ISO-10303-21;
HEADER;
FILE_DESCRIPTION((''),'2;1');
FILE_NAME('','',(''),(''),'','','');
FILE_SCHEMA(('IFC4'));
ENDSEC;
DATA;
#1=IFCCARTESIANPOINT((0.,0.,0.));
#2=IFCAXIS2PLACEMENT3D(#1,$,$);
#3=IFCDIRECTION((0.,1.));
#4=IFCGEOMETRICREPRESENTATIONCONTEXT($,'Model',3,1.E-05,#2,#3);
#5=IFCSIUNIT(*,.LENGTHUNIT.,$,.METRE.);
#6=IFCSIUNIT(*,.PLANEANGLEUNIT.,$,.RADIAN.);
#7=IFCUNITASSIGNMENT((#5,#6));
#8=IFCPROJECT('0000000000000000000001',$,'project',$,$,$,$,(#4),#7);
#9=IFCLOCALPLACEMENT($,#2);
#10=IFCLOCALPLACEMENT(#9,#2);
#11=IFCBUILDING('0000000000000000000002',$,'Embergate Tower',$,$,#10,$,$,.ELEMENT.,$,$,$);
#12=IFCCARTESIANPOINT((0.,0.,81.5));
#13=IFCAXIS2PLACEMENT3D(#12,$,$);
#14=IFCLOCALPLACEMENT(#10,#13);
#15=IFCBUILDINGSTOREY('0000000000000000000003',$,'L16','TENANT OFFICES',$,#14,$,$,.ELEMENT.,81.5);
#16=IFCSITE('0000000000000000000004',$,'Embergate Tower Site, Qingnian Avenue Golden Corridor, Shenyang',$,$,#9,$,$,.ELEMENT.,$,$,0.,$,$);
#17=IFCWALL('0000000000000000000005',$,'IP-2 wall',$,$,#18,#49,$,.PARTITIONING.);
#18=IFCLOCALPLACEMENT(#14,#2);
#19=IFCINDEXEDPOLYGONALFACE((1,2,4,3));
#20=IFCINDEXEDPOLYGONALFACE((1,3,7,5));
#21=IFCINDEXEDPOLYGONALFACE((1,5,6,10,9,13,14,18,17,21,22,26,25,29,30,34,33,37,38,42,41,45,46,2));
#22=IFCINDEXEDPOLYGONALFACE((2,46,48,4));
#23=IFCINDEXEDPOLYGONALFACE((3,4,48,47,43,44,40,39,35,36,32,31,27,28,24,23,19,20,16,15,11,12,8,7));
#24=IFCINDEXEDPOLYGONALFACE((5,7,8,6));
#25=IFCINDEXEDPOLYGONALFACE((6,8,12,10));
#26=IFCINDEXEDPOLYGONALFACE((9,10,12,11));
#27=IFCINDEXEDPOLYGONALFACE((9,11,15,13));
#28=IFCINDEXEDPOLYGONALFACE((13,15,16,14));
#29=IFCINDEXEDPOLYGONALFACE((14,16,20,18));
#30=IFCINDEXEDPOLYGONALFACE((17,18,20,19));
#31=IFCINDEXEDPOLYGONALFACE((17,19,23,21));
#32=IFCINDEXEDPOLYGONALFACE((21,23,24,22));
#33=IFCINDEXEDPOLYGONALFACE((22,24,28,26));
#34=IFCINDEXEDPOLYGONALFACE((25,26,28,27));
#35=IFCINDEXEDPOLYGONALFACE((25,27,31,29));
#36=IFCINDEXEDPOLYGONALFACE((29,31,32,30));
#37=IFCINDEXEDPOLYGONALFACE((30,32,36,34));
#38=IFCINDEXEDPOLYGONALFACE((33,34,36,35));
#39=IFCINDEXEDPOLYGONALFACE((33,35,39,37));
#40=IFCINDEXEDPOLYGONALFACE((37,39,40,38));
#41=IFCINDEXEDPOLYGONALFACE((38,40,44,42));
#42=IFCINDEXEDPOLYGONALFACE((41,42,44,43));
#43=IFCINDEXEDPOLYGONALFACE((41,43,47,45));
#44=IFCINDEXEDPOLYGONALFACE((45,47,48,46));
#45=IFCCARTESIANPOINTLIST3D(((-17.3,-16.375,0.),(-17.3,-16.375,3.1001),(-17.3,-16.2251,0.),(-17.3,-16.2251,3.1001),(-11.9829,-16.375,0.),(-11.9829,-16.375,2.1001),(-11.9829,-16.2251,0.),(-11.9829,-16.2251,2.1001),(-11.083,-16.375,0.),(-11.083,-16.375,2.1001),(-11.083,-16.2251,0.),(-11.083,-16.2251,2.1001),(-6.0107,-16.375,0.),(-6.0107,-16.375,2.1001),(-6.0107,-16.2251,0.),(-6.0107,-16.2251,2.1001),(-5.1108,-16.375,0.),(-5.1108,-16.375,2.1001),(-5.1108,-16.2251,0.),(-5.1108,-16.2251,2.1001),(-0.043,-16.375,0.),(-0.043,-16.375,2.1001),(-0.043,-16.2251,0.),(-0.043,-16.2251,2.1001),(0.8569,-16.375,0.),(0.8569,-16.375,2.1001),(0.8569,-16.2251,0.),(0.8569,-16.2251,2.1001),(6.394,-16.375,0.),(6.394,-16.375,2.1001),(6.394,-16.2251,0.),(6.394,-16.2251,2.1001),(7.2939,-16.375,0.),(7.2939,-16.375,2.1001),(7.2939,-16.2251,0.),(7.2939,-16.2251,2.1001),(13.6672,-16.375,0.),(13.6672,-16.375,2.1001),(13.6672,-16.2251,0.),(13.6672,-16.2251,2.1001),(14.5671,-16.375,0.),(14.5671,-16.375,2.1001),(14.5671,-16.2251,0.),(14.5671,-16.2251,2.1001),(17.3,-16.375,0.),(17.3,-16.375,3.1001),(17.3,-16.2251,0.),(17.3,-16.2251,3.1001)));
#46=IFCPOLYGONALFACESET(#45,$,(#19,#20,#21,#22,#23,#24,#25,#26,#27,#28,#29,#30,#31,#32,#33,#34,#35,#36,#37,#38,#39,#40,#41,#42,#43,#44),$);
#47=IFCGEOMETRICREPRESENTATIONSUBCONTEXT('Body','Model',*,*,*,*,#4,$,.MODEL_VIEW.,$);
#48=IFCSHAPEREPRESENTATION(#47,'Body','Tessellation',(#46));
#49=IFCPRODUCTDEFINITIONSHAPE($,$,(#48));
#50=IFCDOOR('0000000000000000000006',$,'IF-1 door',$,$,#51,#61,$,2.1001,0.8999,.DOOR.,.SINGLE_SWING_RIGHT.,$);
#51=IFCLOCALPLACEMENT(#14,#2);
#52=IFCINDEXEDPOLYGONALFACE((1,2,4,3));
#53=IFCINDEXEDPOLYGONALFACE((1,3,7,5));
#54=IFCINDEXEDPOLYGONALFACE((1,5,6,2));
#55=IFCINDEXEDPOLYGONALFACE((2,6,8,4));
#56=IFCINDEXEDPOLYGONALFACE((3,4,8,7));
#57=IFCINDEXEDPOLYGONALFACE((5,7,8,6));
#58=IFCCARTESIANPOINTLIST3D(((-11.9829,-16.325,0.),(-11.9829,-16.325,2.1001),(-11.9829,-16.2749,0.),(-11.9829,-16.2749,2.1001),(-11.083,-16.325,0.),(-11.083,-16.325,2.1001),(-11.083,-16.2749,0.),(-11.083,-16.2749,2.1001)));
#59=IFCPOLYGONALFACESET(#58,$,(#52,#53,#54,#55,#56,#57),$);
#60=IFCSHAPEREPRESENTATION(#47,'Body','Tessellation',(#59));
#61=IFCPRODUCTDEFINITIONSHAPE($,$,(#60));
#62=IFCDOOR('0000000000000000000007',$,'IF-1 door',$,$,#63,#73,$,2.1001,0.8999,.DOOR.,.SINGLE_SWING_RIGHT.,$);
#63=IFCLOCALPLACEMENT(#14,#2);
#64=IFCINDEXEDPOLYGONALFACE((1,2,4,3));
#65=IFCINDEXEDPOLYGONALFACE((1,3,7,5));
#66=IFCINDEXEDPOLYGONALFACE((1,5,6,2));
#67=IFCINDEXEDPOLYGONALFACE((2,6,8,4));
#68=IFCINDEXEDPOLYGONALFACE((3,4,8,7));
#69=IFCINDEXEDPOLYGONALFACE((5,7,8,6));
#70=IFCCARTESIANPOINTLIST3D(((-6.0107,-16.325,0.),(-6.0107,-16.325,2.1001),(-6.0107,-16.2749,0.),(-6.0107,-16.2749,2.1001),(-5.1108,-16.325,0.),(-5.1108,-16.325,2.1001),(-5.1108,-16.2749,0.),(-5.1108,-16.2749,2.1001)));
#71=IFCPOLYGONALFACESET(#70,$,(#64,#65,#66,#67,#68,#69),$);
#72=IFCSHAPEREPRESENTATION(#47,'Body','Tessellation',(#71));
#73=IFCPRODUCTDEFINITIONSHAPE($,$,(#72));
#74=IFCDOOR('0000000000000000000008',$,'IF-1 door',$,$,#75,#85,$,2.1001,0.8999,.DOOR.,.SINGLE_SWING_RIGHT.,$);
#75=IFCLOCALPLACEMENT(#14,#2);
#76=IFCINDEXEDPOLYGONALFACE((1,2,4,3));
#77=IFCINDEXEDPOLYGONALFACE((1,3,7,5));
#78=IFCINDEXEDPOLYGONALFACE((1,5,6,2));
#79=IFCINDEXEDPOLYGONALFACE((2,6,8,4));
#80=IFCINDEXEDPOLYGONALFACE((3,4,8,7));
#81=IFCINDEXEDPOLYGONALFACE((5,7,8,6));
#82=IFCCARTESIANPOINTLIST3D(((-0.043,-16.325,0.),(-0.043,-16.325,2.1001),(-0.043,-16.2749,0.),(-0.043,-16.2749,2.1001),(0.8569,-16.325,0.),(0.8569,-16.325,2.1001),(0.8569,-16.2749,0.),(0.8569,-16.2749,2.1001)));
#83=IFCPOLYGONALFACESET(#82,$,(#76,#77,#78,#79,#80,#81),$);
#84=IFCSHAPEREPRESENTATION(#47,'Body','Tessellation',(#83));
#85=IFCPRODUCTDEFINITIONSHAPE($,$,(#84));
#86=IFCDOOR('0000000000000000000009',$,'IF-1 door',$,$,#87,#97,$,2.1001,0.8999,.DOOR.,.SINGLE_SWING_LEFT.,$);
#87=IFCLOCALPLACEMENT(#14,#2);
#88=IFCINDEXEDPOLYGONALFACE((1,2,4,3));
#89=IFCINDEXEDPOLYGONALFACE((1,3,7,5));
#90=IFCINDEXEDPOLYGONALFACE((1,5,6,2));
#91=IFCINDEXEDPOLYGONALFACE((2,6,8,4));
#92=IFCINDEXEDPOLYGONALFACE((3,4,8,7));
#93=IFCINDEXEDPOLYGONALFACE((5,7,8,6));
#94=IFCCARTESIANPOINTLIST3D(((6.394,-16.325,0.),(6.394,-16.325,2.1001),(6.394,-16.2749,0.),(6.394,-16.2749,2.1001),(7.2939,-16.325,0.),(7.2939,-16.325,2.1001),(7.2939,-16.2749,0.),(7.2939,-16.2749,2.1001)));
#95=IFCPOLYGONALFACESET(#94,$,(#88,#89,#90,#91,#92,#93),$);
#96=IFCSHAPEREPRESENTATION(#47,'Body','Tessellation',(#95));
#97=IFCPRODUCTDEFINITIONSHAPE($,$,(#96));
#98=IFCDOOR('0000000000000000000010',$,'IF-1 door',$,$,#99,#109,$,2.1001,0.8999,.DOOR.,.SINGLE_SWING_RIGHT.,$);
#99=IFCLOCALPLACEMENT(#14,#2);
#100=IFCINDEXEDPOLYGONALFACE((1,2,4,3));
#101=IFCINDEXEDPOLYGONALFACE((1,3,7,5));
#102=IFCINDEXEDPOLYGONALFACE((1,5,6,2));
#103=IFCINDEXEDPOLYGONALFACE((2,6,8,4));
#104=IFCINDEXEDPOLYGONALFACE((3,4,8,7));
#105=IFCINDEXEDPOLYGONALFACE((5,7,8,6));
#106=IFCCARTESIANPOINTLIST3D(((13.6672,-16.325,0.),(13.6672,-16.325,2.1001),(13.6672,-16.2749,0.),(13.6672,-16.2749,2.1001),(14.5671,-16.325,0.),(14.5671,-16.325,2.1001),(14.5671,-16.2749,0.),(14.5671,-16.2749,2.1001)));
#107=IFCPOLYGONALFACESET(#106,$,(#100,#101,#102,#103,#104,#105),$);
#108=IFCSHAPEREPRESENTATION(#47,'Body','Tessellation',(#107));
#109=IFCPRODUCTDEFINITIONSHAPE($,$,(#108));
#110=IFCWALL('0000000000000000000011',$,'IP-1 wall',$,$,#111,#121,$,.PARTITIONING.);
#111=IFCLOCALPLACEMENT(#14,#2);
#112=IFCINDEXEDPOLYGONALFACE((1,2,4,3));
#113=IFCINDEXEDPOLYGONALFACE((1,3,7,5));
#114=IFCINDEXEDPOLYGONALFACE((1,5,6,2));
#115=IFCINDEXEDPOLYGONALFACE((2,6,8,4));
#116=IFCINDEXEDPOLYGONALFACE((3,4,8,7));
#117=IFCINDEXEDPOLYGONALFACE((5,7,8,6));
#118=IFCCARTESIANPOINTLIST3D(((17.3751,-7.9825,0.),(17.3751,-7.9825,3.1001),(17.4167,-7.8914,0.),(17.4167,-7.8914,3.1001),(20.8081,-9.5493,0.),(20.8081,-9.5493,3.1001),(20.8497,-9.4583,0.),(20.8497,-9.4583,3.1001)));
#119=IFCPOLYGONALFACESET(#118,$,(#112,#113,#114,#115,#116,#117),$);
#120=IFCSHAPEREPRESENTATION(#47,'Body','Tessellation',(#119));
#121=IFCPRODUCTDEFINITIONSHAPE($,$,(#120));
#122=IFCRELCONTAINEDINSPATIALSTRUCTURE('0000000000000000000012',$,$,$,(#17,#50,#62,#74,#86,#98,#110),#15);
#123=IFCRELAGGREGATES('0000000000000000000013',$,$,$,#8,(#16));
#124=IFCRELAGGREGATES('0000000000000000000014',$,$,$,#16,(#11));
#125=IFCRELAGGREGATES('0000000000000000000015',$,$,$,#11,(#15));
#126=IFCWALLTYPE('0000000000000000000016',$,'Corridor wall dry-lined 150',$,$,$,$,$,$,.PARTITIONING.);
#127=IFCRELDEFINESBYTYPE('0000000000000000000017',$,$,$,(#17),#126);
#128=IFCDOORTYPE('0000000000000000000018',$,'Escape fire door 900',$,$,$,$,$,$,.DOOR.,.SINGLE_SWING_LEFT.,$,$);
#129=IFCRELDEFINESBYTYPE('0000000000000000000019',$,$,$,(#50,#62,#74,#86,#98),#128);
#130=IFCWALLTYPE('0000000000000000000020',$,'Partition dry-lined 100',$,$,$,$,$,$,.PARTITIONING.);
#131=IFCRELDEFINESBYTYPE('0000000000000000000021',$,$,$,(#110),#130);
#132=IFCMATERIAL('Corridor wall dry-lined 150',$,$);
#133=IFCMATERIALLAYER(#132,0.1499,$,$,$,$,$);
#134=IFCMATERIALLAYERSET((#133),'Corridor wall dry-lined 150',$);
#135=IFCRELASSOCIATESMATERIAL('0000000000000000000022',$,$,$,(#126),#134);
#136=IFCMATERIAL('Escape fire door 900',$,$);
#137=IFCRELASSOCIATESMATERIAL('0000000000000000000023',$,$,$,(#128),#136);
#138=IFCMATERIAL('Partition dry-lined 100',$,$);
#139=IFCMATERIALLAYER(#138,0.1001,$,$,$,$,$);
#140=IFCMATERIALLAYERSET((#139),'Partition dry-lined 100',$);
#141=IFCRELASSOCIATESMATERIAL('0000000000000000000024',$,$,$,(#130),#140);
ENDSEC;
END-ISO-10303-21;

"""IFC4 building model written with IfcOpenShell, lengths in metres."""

from ifc_helpers import new_model, si_unit, direction, frame, frame_2d, origin, place, context, subcontext, project, spatial, rectangle, extrude, source, transform, mapped, material, layer, layer_set, type_object, element, fill, save


model = new_model("IFC4")

# Units and contexts
model_context = context("Model", 3, precision=1e-05, world=origin(), true_north=direction((0.0, 1.0)))
body_context = subcontext(model_context, "Body", "Model", "MODEL_VIEW")
ifc_project = project(units=[si_unit("LENGTHUNIT", "METRE"), si_unit("PLANEANGLEUNIT", "RADIAN")], contexts=[model_context])

# Site, building, storey
site_placement = place(None, origin())
site = spatial("IfcSite", under=ifc_project, at=site_placement, Name="Embergate Tower Site, Qingnian Avenue Golden Corridor, Shenyang", CompositionType="ELEMENT", RefElevation=0.0)
building_placement = place(site_placement, origin())
building = spatial("IfcBuilding", under=site, at=building_placement, Name="Embergate Tower", CompositionType="ELEMENT")
storey_placement = place(building_placement, frame((0.0, 0.0, 81.5)))
storey = spatial("IfcBuildingStorey", under=building, at=storey_placement, Name="L16", Description="TENANT OFFICES", CompositionType="ELEMENT", Elevation=81.5)

# Wall, openings, doors
ifc_material_1 = material(Name="Corridor wall dry-lined 150")
ifc_layer_1 = layer(ifc_material_1, 0.1499)
ifc_layer_set_1 = layer_set([ifc_layer_1], Name="Corridor wall dry-lined 150")
wall_type_1 = type_object("IfcWallType", Name="Corridor wall dry-lined 150", PredefinedType="PARTITIONING", material=ifc_layer_set_1)
shared_shape_1 = source(origin(), body_context, "Body", "SweptSolid", [
    extrude(rectangle(XDim=34.6001, YDim=0.1499, at=frame_2d((17.3, 0.0))), origin(), (0.0, 0.0, 1.0), 3.1001),
])
wall_1_placement = place(storey_placement, frame((17.3, -16.3, 0.0), z_axis=(0.0, 0.0, 1.0), x_axis=(-1.0, 0.0, 0.0)))
wall_1 = element("IfcWall", 1, at=wall_1_placement, inside=storey, type_object=wall_type_1, Name="IP-2 wall", PredefinedType="PARTITIONING", context=body_context, shape_type="MappedRepresentation", body=[
    mapped(shared_shape_1, transform((0.0, 0.0, 0.0))),
])
shared_shape_2 = source(origin(), body_context, "Body", "SweptSolid", [
    extrude(rectangle(XDim=0.8999, YDim=2.1001, at=frame_2d((0.45, 1.05))), frame((0.0, 0.085, 0.0), z_axis=(0.0, -1.0, 0.0), x_axis=(1.0, 0.0, 0.0)), (0.0, 0.0, 1.0), 0.1699),
])
opening_1_placement = place(wall_1_placement, frame((28.3831, 0.0, 0.0)))
opening_1 = element("IfcOpeningElement", 2, at=opening_1_placement, cuts=wall_1, PredefinedType="OPENING", context=body_context, shape_type="MappedRepresentation", body=[
    mapped(shared_shape_2, transform((0.0, 0.0, 0.0))),
])
opening_2_placement = place(wall_1_placement, frame((22.4109, 0.0, 0.0)))
opening_2 = element("IfcOpeningElement", 3, at=opening_2_placement, cuts=wall_1, PredefinedType="OPENING", context=body_context, shape_type="MappedRepresentation", body=[
    mapped(shared_shape_2, transform((0.0, 0.0, 0.0))),
])
opening_3_placement = place(wall_1_placement, frame((16.4431, 0.0, 0.0)))
opening_3 = element("IfcOpeningElement", 4, at=opening_3_placement, cuts=wall_1, PredefinedType="OPENING", context=body_context, shape_type="MappedRepresentation", body=[
    mapped(shared_shape_2, transform((0.0, 0.0, 0.0))),
])
opening_4_placement = place(wall_1_placement, frame((10.0061, 0.0, 0.0)))
opening_4 = element("IfcOpeningElement", 5, at=opening_4_placement, cuts=wall_1, PredefinedType="OPENING", context=body_context, shape_type="MappedRepresentation", body=[
    mapped(shared_shape_2, transform((0.0, 0.0, 0.0))),
])
opening_5_placement = place(wall_1_placement, frame((2.7329, 0.0, 0.0)))
opening_5 = element("IfcOpeningElement", 6, at=opening_5_placement, cuts=wall_1, PredefinedType="OPENING", context=body_context, shape_type="MappedRepresentation", body=[
    mapped(shared_shape_2, transform((0.0, 0.0, 0.0))),
])
ifc_material_2 = material(Name="Escape fire door 900")
door_type = type_object("IfcDoorType", Name="Escape fire door 900", OperationType="SINGLE_SWING_LEFT", PredefinedType="DOOR", material=ifc_material_2)
shared_shape_3 = source(origin(), body_context, "Body", "SweptSolid", [
    extrude(rectangle(XDim=0.8999, YDim=2.1001, at=frame_2d((0.45, 1.05))), frame((0.0, 0.0249, 0.0), z_axis=(0.0, -1.0, 0.0), x_axis=(1.0, 0.0, 0.0)), (0.0, 0.0, 1.0), 0.05),
])
door_1_placement = place(opening_1_placement, origin())
door_1 = element("IfcDoor", 7, at=door_1_placement, inside=storey, type_object=door_type, Name="IF-1 door", OperationType="SINGLE_SWING_RIGHT", OverallHeight=2.1001, OverallWidth=0.8999, PredefinedType="DOOR", context=body_context, shape_type="MappedRepresentation", body=[
    mapped(shared_shape_3, transform((0.0, 0.0, 0.0))),
])
fill(opening_1, door_1)
door_2_placement = place(opening_2_placement, origin())
door_2 = element("IfcDoor", 8, at=door_2_placement, inside=storey, type_object=door_type, Name="IF-1 door", OperationType="SINGLE_SWING_RIGHT", OverallHeight=2.1001, OverallWidth=0.8999, PredefinedType="DOOR", context=body_context, shape_type="MappedRepresentation", body=[
    mapped(shared_shape_3, transform((0.0, 0.0, 0.0))),
])
fill(opening_2, door_2)
door_3_placement = place(opening_3_placement, origin())
door_3 = element("IfcDoor", 9, at=door_3_placement, inside=storey, type_object=door_type, Name="IF-1 door", OperationType="SINGLE_SWING_RIGHT", OverallHeight=2.1001, OverallWidth=0.8999, PredefinedType="DOOR", context=body_context, shape_type="MappedRepresentation", body=[
    mapped(shared_shape_3, transform((0.0, 0.0, 0.0))),
])
fill(opening_3, door_3)
door_4_placement = place(opening_4_placement, origin())
door_4 = element("IfcDoor", 10, at=door_4_placement, inside=storey, type_object=door_type, Name="IF-1 door", OperationType="SINGLE_SWING_LEFT", OverallHeight=2.1001, OverallWidth=0.8999, PredefinedType="DOOR", context=body_context, shape_type="MappedRepresentation", body=[
    mapped(shared_shape_3, transform((0.0, 0.0, 0.0))),
])
fill(opening_4, door_4)
door_5_placement = place(opening_5_placement, origin())
door_5 = element("IfcDoor", 11, at=door_5_placement, inside=storey, type_object=door_type, Name="IF-1 door", OperationType="SINGLE_SWING_RIGHT", OverallHeight=2.1001, OverallWidth=0.8999, PredefinedType="DOOR", context=body_context, shape_type="MappedRepresentation", body=[
    mapped(shared_shape_3, transform((0.0, 0.0, 0.0))),
])
fill(opening_5, door_5)

# Wall
ifc_material_3 = material(Name="Partition dry-lined 100")
ifc_layer_2 = layer(ifc_material_3, 0.1001)
ifc_layer_set_2 = layer_set([ifc_layer_2], Name="Partition dry-lined 100")
wall_type_2 = type_object("IfcWallType", Name="Partition dry-lined 100", PredefinedType="PARTITIONING", material=ifc_layer_set_2)
shared_shape_4 = source(origin(), body_context, "Body", "SweptSolid", [
    extrude(rectangle(XDim=3.7737, YDim=0.1001, at=frame_2d((1.8867, 0.0))), origin(), (0.0, 0.0, 1.0), 3.1001),
])
wall_2_placement = place(storey_placement, frame((17.396, -7.937, 0.0), z_axis=(0.0, 0.0, 1.0), x_axis=(0.909727, -0.415206, 0.0)))
element("IfcWall", 12, at=wall_2_placement, inside=storey, type_object=wall_type_2, Name="IP-1 wall", PredefinedType="PARTITIONING", context=body_context, shape_type="MappedRepresentation", body=[
    mapped(shared_shape_4, transform((0.0, 0.0, 0.0))),
])

save(model, "model.ifc")
